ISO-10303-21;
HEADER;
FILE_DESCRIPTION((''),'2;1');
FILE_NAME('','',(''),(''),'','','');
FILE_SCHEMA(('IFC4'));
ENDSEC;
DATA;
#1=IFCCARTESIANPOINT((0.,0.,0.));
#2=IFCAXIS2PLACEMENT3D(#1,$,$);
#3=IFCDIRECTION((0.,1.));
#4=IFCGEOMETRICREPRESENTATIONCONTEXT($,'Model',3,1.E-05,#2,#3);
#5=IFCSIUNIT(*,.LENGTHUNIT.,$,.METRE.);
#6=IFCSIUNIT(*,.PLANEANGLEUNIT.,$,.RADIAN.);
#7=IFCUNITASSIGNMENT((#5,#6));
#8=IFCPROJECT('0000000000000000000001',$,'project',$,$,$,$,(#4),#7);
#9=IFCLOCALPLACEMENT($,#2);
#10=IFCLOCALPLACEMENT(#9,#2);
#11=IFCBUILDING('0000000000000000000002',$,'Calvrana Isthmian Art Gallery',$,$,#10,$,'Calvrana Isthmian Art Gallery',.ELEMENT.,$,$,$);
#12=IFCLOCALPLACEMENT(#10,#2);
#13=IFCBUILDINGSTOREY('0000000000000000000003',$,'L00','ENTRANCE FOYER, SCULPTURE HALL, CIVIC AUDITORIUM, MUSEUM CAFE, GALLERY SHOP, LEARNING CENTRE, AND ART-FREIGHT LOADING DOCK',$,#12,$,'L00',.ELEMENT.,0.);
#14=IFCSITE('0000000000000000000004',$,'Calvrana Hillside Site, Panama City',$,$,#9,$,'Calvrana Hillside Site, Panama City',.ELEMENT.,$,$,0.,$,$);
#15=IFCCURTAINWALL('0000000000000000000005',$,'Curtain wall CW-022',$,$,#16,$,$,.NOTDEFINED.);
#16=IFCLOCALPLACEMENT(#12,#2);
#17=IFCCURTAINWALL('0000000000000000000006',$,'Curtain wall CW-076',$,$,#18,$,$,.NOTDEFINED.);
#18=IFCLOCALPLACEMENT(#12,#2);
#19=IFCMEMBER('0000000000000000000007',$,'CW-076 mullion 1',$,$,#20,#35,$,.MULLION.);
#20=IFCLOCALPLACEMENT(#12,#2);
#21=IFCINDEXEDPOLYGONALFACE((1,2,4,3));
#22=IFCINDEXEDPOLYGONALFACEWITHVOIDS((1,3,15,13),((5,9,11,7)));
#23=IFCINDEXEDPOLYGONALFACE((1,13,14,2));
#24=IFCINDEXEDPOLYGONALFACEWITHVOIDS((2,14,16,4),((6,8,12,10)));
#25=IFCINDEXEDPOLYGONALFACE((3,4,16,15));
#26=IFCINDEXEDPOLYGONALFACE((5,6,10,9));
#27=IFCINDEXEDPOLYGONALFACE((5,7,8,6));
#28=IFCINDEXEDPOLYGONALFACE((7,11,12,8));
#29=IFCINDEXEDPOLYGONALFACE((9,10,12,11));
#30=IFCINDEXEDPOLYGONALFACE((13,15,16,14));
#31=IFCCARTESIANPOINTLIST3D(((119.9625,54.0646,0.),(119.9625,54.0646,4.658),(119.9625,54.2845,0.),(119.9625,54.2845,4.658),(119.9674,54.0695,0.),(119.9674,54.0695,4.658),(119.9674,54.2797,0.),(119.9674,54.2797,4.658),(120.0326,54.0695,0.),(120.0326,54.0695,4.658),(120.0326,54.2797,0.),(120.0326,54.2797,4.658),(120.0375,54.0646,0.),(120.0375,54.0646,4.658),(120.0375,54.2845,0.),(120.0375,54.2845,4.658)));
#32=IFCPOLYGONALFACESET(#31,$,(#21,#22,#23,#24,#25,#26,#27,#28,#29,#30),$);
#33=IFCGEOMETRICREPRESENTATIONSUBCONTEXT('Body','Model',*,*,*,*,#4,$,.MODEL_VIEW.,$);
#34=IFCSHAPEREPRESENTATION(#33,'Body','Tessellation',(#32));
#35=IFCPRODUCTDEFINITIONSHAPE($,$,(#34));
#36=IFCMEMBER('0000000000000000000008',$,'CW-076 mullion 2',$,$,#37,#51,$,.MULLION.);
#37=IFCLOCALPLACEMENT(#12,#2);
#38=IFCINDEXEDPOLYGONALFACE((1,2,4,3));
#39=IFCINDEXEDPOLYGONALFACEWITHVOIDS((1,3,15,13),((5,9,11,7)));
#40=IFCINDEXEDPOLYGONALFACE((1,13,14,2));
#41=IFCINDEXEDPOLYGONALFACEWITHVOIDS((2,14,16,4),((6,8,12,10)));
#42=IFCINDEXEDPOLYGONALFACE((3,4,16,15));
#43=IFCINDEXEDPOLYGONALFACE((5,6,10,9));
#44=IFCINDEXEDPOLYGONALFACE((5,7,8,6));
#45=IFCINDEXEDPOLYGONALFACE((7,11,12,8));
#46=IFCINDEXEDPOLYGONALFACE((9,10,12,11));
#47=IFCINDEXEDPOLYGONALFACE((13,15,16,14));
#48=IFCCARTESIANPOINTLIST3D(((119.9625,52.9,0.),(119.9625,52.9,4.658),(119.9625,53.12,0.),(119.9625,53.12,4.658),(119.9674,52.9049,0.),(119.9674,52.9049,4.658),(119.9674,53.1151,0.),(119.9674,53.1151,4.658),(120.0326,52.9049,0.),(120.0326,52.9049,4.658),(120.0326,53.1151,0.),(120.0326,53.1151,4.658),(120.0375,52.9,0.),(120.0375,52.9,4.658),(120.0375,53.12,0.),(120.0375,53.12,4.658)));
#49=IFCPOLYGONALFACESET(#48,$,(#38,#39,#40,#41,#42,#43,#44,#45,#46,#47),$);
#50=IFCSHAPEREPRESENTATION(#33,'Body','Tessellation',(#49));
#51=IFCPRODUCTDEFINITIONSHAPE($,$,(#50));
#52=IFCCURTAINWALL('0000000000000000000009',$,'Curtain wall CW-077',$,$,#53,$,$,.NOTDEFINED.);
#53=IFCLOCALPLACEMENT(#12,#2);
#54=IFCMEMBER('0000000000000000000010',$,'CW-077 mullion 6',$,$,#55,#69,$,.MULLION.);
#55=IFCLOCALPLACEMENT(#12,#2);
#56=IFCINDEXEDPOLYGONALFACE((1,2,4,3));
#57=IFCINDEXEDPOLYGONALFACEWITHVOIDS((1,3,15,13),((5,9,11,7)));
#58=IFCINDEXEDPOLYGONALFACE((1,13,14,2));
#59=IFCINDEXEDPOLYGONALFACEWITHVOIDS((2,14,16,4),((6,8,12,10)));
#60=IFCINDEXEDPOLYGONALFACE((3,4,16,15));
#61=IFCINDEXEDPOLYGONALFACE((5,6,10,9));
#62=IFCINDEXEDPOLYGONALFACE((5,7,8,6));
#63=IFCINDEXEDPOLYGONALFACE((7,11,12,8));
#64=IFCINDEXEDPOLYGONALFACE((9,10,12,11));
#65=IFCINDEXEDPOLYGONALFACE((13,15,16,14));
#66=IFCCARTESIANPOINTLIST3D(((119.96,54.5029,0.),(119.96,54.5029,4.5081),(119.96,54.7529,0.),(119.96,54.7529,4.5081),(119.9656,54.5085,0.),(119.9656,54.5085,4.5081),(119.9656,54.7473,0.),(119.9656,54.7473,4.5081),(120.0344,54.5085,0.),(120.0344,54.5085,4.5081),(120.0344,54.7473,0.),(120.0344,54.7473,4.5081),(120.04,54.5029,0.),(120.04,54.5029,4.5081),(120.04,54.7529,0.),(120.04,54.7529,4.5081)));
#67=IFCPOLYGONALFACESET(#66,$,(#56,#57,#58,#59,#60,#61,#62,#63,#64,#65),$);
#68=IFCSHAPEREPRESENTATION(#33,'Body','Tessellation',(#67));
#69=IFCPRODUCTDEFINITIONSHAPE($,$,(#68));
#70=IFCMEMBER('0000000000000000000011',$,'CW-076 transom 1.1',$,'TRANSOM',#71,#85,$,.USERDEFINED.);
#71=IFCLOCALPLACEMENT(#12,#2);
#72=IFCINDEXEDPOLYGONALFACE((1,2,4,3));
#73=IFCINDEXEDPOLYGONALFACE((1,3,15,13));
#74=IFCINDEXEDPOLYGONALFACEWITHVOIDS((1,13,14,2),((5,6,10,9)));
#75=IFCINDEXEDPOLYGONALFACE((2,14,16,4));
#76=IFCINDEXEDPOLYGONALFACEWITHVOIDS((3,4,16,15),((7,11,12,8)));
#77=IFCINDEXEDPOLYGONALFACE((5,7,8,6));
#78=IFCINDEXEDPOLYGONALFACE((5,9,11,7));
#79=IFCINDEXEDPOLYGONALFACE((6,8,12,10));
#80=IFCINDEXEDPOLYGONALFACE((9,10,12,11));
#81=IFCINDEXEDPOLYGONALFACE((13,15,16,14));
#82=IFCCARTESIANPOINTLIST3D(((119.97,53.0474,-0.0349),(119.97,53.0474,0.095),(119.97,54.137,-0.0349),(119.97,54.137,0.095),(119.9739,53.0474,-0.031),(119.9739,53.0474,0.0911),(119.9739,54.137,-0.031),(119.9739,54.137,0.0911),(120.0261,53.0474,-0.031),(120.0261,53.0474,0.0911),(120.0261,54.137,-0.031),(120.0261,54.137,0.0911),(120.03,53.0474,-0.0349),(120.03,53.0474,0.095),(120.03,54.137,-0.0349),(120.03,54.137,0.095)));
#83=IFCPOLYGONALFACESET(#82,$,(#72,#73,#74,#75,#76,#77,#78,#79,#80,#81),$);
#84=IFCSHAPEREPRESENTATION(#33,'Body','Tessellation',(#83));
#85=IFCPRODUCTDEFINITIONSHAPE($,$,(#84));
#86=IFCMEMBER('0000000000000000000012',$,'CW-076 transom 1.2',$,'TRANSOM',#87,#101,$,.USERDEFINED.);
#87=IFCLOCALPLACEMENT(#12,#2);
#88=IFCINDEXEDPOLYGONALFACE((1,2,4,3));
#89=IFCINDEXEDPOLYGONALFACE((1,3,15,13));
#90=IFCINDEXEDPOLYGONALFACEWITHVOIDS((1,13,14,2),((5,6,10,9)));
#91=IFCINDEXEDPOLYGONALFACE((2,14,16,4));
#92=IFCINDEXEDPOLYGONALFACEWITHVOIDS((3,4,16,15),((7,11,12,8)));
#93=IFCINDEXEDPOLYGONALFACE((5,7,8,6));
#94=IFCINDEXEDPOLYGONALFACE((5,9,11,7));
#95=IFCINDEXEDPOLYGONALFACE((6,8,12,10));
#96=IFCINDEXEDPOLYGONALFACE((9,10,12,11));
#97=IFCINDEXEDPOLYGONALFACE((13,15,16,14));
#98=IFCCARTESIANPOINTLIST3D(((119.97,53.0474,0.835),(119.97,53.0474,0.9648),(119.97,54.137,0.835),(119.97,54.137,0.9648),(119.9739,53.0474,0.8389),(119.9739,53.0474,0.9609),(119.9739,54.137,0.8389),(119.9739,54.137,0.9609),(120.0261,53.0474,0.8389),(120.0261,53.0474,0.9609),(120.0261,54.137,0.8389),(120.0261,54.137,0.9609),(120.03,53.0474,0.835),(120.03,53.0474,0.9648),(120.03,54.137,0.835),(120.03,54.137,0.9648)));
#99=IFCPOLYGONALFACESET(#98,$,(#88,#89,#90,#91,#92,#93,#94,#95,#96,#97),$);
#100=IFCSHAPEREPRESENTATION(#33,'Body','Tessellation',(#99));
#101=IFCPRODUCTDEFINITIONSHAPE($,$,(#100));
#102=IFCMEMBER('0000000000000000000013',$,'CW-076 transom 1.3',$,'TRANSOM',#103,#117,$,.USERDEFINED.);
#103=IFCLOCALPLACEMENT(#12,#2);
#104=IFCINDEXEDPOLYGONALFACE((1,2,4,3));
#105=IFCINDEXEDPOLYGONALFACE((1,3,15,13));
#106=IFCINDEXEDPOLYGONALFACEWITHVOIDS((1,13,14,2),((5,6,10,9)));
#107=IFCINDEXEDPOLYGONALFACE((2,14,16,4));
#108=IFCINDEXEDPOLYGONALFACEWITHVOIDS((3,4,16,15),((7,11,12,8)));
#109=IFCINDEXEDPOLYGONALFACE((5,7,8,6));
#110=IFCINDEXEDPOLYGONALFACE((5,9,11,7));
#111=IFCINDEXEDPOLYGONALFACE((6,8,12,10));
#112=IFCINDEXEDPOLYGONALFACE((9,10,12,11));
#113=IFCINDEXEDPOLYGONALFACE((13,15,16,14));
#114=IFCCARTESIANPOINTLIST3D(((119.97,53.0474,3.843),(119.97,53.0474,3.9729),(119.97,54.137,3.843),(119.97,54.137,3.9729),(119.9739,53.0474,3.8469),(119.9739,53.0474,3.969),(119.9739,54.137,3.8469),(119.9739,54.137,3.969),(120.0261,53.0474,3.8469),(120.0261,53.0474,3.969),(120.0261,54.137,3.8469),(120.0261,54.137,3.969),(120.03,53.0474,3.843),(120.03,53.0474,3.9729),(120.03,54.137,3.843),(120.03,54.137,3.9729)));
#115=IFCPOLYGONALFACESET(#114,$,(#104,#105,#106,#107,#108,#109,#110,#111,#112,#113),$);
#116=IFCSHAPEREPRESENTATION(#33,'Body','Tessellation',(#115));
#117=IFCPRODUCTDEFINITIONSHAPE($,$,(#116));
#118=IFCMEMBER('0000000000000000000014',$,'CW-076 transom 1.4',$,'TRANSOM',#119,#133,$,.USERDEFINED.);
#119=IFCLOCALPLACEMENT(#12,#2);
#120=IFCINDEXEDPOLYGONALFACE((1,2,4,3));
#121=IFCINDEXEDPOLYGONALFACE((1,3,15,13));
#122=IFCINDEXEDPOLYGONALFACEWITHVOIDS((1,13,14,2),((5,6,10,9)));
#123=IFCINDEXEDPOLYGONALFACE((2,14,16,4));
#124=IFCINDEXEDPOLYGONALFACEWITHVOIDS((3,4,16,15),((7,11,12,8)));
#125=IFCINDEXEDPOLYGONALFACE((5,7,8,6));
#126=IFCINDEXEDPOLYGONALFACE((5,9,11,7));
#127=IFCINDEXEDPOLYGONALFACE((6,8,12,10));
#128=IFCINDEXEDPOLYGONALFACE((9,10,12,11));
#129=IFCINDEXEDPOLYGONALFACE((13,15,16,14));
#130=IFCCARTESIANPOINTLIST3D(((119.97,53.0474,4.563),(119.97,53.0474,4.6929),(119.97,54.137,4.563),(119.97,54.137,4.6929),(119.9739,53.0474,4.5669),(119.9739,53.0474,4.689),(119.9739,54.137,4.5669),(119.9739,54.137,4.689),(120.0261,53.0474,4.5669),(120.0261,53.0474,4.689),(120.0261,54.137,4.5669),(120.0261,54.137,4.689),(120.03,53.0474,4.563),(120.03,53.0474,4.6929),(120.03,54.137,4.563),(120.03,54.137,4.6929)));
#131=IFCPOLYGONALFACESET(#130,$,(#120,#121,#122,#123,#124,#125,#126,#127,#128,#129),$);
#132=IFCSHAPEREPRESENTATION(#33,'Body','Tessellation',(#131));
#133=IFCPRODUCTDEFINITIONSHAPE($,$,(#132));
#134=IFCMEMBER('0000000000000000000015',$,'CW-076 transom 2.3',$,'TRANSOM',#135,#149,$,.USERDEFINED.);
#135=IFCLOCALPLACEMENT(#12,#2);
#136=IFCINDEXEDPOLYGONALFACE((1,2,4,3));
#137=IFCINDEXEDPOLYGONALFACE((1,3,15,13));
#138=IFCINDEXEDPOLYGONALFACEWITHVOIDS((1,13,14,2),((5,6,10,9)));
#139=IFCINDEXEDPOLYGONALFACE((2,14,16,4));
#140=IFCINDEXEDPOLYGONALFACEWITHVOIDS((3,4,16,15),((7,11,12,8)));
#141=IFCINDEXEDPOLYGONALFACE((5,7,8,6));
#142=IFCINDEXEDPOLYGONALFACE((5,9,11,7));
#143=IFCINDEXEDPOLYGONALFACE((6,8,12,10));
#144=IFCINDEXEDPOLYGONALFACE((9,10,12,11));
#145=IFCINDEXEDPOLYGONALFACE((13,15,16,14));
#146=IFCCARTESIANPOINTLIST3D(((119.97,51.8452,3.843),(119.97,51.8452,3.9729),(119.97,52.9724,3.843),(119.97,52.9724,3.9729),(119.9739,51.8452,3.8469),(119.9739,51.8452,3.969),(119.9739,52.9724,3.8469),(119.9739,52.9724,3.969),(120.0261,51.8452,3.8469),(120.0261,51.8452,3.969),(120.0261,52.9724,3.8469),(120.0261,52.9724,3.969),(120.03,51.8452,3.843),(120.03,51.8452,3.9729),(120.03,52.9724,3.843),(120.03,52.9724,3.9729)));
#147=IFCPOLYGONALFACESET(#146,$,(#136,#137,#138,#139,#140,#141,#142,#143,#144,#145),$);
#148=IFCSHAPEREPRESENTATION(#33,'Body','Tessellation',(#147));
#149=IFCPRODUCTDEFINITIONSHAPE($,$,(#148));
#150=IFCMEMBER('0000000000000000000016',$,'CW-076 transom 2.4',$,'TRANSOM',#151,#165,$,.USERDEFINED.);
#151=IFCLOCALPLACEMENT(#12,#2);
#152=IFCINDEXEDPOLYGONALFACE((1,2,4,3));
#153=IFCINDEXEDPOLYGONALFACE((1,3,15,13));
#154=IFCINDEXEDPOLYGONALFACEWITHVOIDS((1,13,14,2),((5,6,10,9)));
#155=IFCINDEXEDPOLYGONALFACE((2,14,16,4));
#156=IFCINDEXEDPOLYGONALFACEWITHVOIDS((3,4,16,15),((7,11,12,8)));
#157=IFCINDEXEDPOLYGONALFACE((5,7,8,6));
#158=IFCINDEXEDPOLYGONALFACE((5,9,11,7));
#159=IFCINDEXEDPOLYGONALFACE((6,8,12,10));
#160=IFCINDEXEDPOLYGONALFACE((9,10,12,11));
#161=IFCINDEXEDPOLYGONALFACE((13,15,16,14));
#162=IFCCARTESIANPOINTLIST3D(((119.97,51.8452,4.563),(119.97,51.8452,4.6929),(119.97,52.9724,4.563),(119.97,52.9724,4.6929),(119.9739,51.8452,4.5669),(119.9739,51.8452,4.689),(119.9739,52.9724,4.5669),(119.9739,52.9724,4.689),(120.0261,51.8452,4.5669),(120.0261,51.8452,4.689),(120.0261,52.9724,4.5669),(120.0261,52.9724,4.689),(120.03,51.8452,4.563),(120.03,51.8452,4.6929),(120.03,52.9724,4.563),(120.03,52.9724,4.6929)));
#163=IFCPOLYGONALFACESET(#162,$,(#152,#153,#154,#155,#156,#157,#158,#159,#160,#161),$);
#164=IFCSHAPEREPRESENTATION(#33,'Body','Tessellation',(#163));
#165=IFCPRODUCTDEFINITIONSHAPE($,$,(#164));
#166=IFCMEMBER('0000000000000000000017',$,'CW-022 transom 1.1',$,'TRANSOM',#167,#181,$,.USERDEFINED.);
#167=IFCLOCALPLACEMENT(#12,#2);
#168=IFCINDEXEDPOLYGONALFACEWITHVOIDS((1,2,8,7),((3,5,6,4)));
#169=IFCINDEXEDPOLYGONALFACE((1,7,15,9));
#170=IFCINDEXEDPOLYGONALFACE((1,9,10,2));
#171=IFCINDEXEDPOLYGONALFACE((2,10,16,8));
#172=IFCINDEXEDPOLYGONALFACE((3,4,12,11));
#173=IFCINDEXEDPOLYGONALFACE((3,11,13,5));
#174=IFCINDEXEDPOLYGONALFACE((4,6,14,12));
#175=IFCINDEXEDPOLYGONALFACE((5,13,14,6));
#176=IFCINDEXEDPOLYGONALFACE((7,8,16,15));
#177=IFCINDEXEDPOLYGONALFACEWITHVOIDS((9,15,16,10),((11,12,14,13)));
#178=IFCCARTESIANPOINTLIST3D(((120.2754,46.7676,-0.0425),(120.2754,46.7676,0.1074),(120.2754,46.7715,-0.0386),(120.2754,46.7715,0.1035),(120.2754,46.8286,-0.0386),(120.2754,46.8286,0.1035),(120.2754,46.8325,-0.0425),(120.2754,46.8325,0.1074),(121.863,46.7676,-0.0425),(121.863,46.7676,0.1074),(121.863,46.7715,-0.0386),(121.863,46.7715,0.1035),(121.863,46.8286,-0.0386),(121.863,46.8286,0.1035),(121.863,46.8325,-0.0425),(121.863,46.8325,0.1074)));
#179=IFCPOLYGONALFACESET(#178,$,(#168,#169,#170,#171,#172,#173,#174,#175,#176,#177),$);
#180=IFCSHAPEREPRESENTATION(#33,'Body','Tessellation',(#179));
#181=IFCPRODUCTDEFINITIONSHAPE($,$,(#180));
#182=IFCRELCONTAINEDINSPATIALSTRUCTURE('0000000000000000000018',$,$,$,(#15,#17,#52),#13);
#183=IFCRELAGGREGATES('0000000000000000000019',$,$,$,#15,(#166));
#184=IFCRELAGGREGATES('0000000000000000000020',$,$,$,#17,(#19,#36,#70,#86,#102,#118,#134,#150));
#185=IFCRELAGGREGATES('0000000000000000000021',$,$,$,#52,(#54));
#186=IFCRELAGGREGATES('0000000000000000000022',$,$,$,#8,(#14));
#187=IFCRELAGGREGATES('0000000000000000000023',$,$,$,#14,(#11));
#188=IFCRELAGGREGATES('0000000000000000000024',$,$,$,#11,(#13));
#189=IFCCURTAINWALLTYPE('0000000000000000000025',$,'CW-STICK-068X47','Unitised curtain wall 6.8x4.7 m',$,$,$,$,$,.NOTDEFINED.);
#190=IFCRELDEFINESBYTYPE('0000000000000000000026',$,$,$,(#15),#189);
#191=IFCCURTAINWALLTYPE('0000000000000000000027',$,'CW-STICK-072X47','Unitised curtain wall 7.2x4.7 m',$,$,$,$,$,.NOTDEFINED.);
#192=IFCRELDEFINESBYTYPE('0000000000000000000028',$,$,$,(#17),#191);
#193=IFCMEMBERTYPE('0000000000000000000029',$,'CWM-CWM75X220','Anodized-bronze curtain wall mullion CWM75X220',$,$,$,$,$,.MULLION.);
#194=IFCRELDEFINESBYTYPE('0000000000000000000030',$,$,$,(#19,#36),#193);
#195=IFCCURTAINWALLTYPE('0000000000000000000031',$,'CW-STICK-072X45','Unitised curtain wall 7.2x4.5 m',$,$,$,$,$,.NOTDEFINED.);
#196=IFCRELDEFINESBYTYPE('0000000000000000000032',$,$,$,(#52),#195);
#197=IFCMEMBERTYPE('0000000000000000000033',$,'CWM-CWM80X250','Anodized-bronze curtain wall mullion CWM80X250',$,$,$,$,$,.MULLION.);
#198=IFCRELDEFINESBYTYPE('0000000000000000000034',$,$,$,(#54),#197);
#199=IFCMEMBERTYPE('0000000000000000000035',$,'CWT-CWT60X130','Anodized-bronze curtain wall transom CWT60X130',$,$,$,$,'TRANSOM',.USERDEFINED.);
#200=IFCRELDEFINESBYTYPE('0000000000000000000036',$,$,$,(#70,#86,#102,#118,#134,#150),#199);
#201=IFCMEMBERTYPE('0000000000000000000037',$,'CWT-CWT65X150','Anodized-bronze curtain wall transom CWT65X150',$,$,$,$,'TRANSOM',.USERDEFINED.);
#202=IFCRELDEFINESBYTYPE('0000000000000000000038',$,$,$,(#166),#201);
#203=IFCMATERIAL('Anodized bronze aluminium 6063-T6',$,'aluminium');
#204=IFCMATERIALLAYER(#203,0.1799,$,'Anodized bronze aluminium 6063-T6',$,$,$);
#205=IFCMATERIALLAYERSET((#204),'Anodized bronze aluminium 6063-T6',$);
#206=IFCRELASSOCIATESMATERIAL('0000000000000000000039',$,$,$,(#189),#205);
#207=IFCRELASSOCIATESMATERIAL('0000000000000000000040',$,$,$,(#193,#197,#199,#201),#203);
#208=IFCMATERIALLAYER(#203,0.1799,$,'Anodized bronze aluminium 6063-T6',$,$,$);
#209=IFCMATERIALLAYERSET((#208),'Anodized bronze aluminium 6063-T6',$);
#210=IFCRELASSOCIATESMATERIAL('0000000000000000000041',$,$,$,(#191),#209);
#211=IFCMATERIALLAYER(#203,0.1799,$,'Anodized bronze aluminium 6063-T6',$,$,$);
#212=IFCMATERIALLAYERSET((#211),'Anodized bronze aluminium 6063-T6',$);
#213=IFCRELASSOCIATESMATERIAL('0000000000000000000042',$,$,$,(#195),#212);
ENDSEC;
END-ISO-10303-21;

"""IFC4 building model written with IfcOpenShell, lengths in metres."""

from ifc_helpers import new_model, si_unit, direction, frame, origin, origin_2d, place, context, subcontext, project, spatial, hollow_rectangle, extrude, material, layer, layer_set, material_profile, profile_set, type_object, element, aggregate, save


model = new_model("IFC4")

# Units and contexts
model_context = context("Model", 3, precision=1e-05, world=origin(), true_north=direction((0.0, 1.0)))
body_context = subcontext(model_context, "Body", "Model", "MODEL_VIEW")
ifc_project = project(units=[si_unit("LENGTHUNIT", "METRE"), si_unit("PLANEANGLEUNIT", "RADIAN")], contexts=[model_context])

# Site, building, storey
site_placement = place(None, origin())
site = spatial("IfcSite", under=ifc_project, at=site_placement, Name="Calvrana Hillside Site, Panama City", LongName="Calvrana Hillside Site, Panama City", CompositionType="ELEMENT", RefElevation=0.0)
building_placement = place(site_placement, origin())
building = spatial("IfcBuilding", under=site, at=building_placement, Name="Calvrana Isthmian Art Gallery", LongName="Calvrana Isthmian Art Gallery", CompositionType="ELEMENT")
storey_placement = place(building_placement, origin())
storey = spatial("IfcBuildingStorey", under=building, at=storey_placement, Name="L00", Description="ENTRANCE FOYER, SCULPTURE HALL, CIVIC AUDITORIUM, MUSEUM CAFE, GALLERY SHOP, LEARNING CENTRE, AND ART-FREIGHT LOADING DOCK", LongName="L00", CompositionType="ELEMENT", Elevation=0.0)

# Curtain walls, members
ifc_material_1 = material(Name="Anodized bronze aluminium 6063-T6", Category="aluminium")
ifc_layer_1 = layer(ifc_material_1, 0.1799, Name="Anodized bronze aluminium 6063-T6")
ifc_layer_set_1 = layer_set([ifc_layer_1], Name="Anodized bronze aluminium 6063-T6")
curtain_wall_type_1 = type_object("IfcCurtainWallType", Name="CW-STICK-068X47", Description="Unitised curtain wall 6.8x4.7 m", PredefinedType="NOTDEFINED", material=ifc_layer_set_1)
curtain_wall_1_placement = place(storey_placement, origin())
curtain_wall_1 = element("IfcCurtainWall", 1, at=curtain_wall_1_placement, inside=storey, type_object=curtain_wall_type_1, Name="Curtain wall CW-022", PredefinedType="NOTDEFINED")
ifc_material_profile_1 = material_profile(ifc_material_1, hollow_rectangle(XDim=0.075, YDim=0.22, WallThickness=0.0049, at=origin_2d()), Name="CWM75X220")
ifc_profile_set_1 = profile_set([ifc_material_profile_1], Name="Anodized bronze aluminium 6063-T6")
member_type_1 = type_object("IfcMemberType", Name="CWM-CWM75X220", Description="Anodized-bronze curtain wall mullion CWM75X220", PredefinedType="MULLION", material=ifc_profile_set_1)
ifc_layer_2 = layer(ifc_material_1, 0.1799, Name="Anodized bronze aluminium 6063-T6")
ifc_layer_set_2 = layer_set([ifc_layer_2], Name="Anodized bronze aluminium 6063-T6")
curtain_wall_type_2 = type_object("IfcCurtainWallType", Name="CW-STICK-072X47", Description="Unitised curtain wall 7.2x4.7 m", PredefinedType="NOTDEFINED", material=ifc_layer_set_2)
curtain_wall_2_placement = place(storey_placement, origin())
curtain_wall_2 = element("IfcCurtainWall", 2, at=curtain_wall_2_placement, inside=storey, type_object=curtain_wall_type_2, Name="Curtain wall CW-076", PredefinedType="NOTDEFINED")
member_1_placement = place(storey_placement, frame((120.0, 54.1746, 0.0), z_axis=(0.0, 0.0, 1.0), x_axis=(1.0, 0.0, 0.0)))
member_1 = element("IfcMember", 3, at=member_1_placement, type_object=member_type_1, Name="CW-076 mullion 1", PredefinedType="MULLION", context=body_context, shape_type="SweptSolid", body=[
    extrude(hollow_rectangle(XDim=0.075, YDim=0.22, WallThickness=0.0049, at=origin_2d()), origin(), (0.0, 0.0, 1.0), 4.658),
])
member_2_placement = place(storey_placement, frame((120.0, 53.01, 0.0), z_axis=(0.0, 0.0, 1.0), x_axis=(1.0, 0.0, 0.0)))
member_2 = element("IfcMember", 4, at=member_2_placement, type_object=member_type_1, Name="CW-076 mullion 2", PredefinedType="MULLION", context=body_context, shape_type="SweptSolid", body=[
    extrude(hollow_rectangle(XDim=0.075, YDim=0.22, WallThickness=0.0049, at=origin_2d()), origin(), (0.0, 0.0, 1.0), 4.658),
])

# Curtain wall, member
ifc_layer_3 = layer(ifc_material_1, 0.1799, Name="Anodized bronze aluminium 6063-T6")
ifc_layer_set_3 = layer_set([ifc_layer_3], Name="Anodized bronze aluminium 6063-T6")
curtain_wall_type_3 = type_object("IfcCurtainWallType", Name="CW-STICK-072X45", Description="Unitised curtain wall 7.2x4.5 m", PredefinedType="NOTDEFINED", material=ifc_layer_set_3)
curtain_wall_3_placement = place(storey_placement, origin())
curtain_wall_3 = element("IfcCurtainWall", 5, at=curtain_wall_3_placement, inside=storey, type_object=curtain_wall_type_3, Name="Curtain wall CW-077", PredefinedType="NOTDEFINED")
ifc_material_profile_2 = material_profile(ifc_material_1, hollow_rectangle(XDim=0.0801, YDim=0.25, WallThickness=0.0056, at=origin_2d()), Name="CWM80X250")
ifc_profile_set_2 = profile_set([ifc_material_profile_2], Name="Anodized bronze aluminium 6063-T6")
member_type_2 = type_object("IfcMemberType", Name="CWM-CWM80X250", Description="Anodized-bronze curtain wall mullion CWM80X250", PredefinedType="MULLION", material=ifc_profile_set_2)
member_3_placement = place(storey_placement, frame((120.0, 54.6279, 0.0), z_axis=(0.0, 0.0, 1.0), x_axis=(1.0, 0.0, 0.0)))
member_3 = element("IfcMember", 6, at=member_3_placement, type_object=member_type_2, Name="CW-077 mullion 6", PredefinedType="MULLION", context=body_context, shape_type="SweptSolid", body=[
    extrude(hollow_rectangle(XDim=0.0801, YDim=0.25, WallThickness=0.0056, at=origin_2d()), origin(), (0.0, 0.0, 1.0), 4.5081),
])

# Members
ifc_material_profile_3 = material_profile(ifc_material_1, hollow_rectangle(XDim=0.0601, YDim=0.1299, WallThickness=0.0039, at=origin_2d()), Name="CWT60X130")
ifc_profile_set_3 = profile_set([ifc_material_profile_3], Name="Anodized bronze aluminium 6063-T6")
member_type_3 = type_object("IfcMemberType", Name="CWT-CWT60X130", Description="Anodized-bronze curtain wall transom CWT60X130", ElementType="TRANSOM", PredefinedType="USERDEFINED", material=ifc_profile_set_3)
member_4_placement = place(storey_placement, frame((120.0, 54.137, 0.03), z_axis=(0.0, -1.0, 0.0), x_axis=(1.0, 0.0, 0.0)))
member_4 = element("IfcMember", 7, at=member_4_placement, type_object=member_type_3, Name="CW-076 transom 1.1", ObjectType="TRANSOM", PredefinedType="USERDEFINED", context=body_context, shape_type="SweptSolid", body=[
    extrude(hollow_rectangle(XDim=0.0601, YDim=0.1299, WallThickness=0.0039, at=origin_2d()), origin(), (0.0, 0.0, 1.0), 1.0896),
])
member_5_placement = place(storey_placement, frame((120.0, 54.137, 0.8999), z_axis=(0.0, -1.0, 0.0), x_axis=(1.0, 0.0, 0.0)))
member_5 = element("IfcMember", 8, at=member_5_placement, type_object=member_type_3, Name="CW-076 transom 1.2", ObjectType="TRANSOM", PredefinedType="USERDEFINED", context=body_context, shape_type="SweptSolid", body=[
    extrude(hollow_rectangle(XDim=0.0601, YDim=0.1299, WallThickness=0.0039, at=origin_2d()), origin(), (0.0, 0.0, 1.0), 1.0896),
])
member_6_placement = place(storey_placement, frame((120.0, 54.137, 3.908), z_axis=(0.0, -1.0, 0.0), x_axis=(1.0, 0.0, 0.0)))
member_6 = element("IfcMember", 9, at=member_6_placement, type_object=member_type_3, Name="CW-076 transom 1.3", ObjectType="TRANSOM", PredefinedType="USERDEFINED", context=body_context, shape_type="SweptSolid", body=[
    extrude(hollow_rectangle(XDim=0.0601, YDim=0.1299, WallThickness=0.0039, at=origin_2d()), origin(), (0.0, 0.0, 1.0), 1.0896),
])
member_7_placement = place(storey_placement, frame((120.0, 54.137, 4.6279), z_axis=(0.0, -1.0, 0.0), x_axis=(1.0, 0.0, 0.0)))
member_7 = element("IfcMember", 10, at=member_7_placement, type_object=member_type_3, Name="CW-076 transom 1.4", ObjectType="TRANSOM", PredefinedType="USERDEFINED", context=body_context, shape_type="SweptSolid", body=[
    extrude(hollow_rectangle(XDim=0.0601, YDim=0.1299, WallThickness=0.0039, at=origin_2d()), origin(), (0.0, 0.0, 1.0), 1.0896),
])
member_8_placement = place(storey_placement, frame((120.0, 52.9724, 3.908), z_axis=(0.0, -1.0, 0.0), x_axis=(1.0, 0.0, 0.0)))
member_8 = element("IfcMember", 11, at=member_8_placement, type_object=member_type_3, Name="CW-076 transom 2.3", ObjectType="TRANSOM", PredefinedType="USERDEFINED", context=body_context, shape_type="SweptSolid", body=[
    extrude(hollow_rectangle(XDim=0.0601, YDim=0.1299, WallThickness=0.0039, at=origin_2d()), origin(), (0.0, 0.0, 1.0), 1.1272),
])
member_9_placement = place(storey_placement, frame((120.0, 52.9724, 4.6279), z_axis=(0.0, -1.0, 0.0), x_axis=(1.0, 0.0, 0.0)))
member_9 = element("IfcMember", 12, at=member_9_placement, type_object=member_type_3, Name="CW-076 transom 2.4", ObjectType="TRANSOM", PredefinedType="USERDEFINED", context=body_context, shape_type="SweptSolid", body=[
    extrude(hollow_rectangle(XDim=0.0601, YDim=0.1299, WallThickness=0.0039, at=origin_2d()), origin(), (0.0, 0.0, 1.0), 1.1272),
])
ifc_material_profile_4 = material_profile(ifc_material_1, hollow_rectangle(XDim=0.0649, YDim=0.1499, WallThickness=0.0039, at=origin_2d()), Name="CWT65X150")
ifc_profile_set_4 = profile_set([ifc_material_profile_4], Name="Anodized bronze aluminium 6063-T6")
member_type_4 = type_object("IfcMemberType", Name="CWT-CWT65X150", Description="Anodized-bronze curtain wall transom CWT65X150", ElementType="TRANSOM", PredefinedType="USERDEFINED", material=ifc_profile_set_4)
member_10_placement = place(storey_placement, frame((120.2754, 46.8, 0.0325), z_axis=(1.0, 0.0, 0.0), x_axis=(0.0, 1.0, 0.0)))
member_10 = element("IfcMember", 13, at=member_10_placement, type_object=member_type_4, Name="CW-022 transom 1.1", ObjectType="TRANSOM", PredefinedType="USERDEFINED", context=body_context, shape_type="SweptSolid", body=[
    extrude(hollow_rectangle(XDim=0.0649, YDim=0.1499, WallThickness=0.0039, at=origin_2d()), origin(), (0.0, 0.0, 1.0), 1.5876),
])

aggregate(curtain_wall_1, [member_10])
aggregate(curtain_wall_2, [member_1, member_2, member_4, member_5, member_6, member_7, member_8, member_9])
aggregate(curtain_wall_3, [member_3])

save(model, "model.ifc")
